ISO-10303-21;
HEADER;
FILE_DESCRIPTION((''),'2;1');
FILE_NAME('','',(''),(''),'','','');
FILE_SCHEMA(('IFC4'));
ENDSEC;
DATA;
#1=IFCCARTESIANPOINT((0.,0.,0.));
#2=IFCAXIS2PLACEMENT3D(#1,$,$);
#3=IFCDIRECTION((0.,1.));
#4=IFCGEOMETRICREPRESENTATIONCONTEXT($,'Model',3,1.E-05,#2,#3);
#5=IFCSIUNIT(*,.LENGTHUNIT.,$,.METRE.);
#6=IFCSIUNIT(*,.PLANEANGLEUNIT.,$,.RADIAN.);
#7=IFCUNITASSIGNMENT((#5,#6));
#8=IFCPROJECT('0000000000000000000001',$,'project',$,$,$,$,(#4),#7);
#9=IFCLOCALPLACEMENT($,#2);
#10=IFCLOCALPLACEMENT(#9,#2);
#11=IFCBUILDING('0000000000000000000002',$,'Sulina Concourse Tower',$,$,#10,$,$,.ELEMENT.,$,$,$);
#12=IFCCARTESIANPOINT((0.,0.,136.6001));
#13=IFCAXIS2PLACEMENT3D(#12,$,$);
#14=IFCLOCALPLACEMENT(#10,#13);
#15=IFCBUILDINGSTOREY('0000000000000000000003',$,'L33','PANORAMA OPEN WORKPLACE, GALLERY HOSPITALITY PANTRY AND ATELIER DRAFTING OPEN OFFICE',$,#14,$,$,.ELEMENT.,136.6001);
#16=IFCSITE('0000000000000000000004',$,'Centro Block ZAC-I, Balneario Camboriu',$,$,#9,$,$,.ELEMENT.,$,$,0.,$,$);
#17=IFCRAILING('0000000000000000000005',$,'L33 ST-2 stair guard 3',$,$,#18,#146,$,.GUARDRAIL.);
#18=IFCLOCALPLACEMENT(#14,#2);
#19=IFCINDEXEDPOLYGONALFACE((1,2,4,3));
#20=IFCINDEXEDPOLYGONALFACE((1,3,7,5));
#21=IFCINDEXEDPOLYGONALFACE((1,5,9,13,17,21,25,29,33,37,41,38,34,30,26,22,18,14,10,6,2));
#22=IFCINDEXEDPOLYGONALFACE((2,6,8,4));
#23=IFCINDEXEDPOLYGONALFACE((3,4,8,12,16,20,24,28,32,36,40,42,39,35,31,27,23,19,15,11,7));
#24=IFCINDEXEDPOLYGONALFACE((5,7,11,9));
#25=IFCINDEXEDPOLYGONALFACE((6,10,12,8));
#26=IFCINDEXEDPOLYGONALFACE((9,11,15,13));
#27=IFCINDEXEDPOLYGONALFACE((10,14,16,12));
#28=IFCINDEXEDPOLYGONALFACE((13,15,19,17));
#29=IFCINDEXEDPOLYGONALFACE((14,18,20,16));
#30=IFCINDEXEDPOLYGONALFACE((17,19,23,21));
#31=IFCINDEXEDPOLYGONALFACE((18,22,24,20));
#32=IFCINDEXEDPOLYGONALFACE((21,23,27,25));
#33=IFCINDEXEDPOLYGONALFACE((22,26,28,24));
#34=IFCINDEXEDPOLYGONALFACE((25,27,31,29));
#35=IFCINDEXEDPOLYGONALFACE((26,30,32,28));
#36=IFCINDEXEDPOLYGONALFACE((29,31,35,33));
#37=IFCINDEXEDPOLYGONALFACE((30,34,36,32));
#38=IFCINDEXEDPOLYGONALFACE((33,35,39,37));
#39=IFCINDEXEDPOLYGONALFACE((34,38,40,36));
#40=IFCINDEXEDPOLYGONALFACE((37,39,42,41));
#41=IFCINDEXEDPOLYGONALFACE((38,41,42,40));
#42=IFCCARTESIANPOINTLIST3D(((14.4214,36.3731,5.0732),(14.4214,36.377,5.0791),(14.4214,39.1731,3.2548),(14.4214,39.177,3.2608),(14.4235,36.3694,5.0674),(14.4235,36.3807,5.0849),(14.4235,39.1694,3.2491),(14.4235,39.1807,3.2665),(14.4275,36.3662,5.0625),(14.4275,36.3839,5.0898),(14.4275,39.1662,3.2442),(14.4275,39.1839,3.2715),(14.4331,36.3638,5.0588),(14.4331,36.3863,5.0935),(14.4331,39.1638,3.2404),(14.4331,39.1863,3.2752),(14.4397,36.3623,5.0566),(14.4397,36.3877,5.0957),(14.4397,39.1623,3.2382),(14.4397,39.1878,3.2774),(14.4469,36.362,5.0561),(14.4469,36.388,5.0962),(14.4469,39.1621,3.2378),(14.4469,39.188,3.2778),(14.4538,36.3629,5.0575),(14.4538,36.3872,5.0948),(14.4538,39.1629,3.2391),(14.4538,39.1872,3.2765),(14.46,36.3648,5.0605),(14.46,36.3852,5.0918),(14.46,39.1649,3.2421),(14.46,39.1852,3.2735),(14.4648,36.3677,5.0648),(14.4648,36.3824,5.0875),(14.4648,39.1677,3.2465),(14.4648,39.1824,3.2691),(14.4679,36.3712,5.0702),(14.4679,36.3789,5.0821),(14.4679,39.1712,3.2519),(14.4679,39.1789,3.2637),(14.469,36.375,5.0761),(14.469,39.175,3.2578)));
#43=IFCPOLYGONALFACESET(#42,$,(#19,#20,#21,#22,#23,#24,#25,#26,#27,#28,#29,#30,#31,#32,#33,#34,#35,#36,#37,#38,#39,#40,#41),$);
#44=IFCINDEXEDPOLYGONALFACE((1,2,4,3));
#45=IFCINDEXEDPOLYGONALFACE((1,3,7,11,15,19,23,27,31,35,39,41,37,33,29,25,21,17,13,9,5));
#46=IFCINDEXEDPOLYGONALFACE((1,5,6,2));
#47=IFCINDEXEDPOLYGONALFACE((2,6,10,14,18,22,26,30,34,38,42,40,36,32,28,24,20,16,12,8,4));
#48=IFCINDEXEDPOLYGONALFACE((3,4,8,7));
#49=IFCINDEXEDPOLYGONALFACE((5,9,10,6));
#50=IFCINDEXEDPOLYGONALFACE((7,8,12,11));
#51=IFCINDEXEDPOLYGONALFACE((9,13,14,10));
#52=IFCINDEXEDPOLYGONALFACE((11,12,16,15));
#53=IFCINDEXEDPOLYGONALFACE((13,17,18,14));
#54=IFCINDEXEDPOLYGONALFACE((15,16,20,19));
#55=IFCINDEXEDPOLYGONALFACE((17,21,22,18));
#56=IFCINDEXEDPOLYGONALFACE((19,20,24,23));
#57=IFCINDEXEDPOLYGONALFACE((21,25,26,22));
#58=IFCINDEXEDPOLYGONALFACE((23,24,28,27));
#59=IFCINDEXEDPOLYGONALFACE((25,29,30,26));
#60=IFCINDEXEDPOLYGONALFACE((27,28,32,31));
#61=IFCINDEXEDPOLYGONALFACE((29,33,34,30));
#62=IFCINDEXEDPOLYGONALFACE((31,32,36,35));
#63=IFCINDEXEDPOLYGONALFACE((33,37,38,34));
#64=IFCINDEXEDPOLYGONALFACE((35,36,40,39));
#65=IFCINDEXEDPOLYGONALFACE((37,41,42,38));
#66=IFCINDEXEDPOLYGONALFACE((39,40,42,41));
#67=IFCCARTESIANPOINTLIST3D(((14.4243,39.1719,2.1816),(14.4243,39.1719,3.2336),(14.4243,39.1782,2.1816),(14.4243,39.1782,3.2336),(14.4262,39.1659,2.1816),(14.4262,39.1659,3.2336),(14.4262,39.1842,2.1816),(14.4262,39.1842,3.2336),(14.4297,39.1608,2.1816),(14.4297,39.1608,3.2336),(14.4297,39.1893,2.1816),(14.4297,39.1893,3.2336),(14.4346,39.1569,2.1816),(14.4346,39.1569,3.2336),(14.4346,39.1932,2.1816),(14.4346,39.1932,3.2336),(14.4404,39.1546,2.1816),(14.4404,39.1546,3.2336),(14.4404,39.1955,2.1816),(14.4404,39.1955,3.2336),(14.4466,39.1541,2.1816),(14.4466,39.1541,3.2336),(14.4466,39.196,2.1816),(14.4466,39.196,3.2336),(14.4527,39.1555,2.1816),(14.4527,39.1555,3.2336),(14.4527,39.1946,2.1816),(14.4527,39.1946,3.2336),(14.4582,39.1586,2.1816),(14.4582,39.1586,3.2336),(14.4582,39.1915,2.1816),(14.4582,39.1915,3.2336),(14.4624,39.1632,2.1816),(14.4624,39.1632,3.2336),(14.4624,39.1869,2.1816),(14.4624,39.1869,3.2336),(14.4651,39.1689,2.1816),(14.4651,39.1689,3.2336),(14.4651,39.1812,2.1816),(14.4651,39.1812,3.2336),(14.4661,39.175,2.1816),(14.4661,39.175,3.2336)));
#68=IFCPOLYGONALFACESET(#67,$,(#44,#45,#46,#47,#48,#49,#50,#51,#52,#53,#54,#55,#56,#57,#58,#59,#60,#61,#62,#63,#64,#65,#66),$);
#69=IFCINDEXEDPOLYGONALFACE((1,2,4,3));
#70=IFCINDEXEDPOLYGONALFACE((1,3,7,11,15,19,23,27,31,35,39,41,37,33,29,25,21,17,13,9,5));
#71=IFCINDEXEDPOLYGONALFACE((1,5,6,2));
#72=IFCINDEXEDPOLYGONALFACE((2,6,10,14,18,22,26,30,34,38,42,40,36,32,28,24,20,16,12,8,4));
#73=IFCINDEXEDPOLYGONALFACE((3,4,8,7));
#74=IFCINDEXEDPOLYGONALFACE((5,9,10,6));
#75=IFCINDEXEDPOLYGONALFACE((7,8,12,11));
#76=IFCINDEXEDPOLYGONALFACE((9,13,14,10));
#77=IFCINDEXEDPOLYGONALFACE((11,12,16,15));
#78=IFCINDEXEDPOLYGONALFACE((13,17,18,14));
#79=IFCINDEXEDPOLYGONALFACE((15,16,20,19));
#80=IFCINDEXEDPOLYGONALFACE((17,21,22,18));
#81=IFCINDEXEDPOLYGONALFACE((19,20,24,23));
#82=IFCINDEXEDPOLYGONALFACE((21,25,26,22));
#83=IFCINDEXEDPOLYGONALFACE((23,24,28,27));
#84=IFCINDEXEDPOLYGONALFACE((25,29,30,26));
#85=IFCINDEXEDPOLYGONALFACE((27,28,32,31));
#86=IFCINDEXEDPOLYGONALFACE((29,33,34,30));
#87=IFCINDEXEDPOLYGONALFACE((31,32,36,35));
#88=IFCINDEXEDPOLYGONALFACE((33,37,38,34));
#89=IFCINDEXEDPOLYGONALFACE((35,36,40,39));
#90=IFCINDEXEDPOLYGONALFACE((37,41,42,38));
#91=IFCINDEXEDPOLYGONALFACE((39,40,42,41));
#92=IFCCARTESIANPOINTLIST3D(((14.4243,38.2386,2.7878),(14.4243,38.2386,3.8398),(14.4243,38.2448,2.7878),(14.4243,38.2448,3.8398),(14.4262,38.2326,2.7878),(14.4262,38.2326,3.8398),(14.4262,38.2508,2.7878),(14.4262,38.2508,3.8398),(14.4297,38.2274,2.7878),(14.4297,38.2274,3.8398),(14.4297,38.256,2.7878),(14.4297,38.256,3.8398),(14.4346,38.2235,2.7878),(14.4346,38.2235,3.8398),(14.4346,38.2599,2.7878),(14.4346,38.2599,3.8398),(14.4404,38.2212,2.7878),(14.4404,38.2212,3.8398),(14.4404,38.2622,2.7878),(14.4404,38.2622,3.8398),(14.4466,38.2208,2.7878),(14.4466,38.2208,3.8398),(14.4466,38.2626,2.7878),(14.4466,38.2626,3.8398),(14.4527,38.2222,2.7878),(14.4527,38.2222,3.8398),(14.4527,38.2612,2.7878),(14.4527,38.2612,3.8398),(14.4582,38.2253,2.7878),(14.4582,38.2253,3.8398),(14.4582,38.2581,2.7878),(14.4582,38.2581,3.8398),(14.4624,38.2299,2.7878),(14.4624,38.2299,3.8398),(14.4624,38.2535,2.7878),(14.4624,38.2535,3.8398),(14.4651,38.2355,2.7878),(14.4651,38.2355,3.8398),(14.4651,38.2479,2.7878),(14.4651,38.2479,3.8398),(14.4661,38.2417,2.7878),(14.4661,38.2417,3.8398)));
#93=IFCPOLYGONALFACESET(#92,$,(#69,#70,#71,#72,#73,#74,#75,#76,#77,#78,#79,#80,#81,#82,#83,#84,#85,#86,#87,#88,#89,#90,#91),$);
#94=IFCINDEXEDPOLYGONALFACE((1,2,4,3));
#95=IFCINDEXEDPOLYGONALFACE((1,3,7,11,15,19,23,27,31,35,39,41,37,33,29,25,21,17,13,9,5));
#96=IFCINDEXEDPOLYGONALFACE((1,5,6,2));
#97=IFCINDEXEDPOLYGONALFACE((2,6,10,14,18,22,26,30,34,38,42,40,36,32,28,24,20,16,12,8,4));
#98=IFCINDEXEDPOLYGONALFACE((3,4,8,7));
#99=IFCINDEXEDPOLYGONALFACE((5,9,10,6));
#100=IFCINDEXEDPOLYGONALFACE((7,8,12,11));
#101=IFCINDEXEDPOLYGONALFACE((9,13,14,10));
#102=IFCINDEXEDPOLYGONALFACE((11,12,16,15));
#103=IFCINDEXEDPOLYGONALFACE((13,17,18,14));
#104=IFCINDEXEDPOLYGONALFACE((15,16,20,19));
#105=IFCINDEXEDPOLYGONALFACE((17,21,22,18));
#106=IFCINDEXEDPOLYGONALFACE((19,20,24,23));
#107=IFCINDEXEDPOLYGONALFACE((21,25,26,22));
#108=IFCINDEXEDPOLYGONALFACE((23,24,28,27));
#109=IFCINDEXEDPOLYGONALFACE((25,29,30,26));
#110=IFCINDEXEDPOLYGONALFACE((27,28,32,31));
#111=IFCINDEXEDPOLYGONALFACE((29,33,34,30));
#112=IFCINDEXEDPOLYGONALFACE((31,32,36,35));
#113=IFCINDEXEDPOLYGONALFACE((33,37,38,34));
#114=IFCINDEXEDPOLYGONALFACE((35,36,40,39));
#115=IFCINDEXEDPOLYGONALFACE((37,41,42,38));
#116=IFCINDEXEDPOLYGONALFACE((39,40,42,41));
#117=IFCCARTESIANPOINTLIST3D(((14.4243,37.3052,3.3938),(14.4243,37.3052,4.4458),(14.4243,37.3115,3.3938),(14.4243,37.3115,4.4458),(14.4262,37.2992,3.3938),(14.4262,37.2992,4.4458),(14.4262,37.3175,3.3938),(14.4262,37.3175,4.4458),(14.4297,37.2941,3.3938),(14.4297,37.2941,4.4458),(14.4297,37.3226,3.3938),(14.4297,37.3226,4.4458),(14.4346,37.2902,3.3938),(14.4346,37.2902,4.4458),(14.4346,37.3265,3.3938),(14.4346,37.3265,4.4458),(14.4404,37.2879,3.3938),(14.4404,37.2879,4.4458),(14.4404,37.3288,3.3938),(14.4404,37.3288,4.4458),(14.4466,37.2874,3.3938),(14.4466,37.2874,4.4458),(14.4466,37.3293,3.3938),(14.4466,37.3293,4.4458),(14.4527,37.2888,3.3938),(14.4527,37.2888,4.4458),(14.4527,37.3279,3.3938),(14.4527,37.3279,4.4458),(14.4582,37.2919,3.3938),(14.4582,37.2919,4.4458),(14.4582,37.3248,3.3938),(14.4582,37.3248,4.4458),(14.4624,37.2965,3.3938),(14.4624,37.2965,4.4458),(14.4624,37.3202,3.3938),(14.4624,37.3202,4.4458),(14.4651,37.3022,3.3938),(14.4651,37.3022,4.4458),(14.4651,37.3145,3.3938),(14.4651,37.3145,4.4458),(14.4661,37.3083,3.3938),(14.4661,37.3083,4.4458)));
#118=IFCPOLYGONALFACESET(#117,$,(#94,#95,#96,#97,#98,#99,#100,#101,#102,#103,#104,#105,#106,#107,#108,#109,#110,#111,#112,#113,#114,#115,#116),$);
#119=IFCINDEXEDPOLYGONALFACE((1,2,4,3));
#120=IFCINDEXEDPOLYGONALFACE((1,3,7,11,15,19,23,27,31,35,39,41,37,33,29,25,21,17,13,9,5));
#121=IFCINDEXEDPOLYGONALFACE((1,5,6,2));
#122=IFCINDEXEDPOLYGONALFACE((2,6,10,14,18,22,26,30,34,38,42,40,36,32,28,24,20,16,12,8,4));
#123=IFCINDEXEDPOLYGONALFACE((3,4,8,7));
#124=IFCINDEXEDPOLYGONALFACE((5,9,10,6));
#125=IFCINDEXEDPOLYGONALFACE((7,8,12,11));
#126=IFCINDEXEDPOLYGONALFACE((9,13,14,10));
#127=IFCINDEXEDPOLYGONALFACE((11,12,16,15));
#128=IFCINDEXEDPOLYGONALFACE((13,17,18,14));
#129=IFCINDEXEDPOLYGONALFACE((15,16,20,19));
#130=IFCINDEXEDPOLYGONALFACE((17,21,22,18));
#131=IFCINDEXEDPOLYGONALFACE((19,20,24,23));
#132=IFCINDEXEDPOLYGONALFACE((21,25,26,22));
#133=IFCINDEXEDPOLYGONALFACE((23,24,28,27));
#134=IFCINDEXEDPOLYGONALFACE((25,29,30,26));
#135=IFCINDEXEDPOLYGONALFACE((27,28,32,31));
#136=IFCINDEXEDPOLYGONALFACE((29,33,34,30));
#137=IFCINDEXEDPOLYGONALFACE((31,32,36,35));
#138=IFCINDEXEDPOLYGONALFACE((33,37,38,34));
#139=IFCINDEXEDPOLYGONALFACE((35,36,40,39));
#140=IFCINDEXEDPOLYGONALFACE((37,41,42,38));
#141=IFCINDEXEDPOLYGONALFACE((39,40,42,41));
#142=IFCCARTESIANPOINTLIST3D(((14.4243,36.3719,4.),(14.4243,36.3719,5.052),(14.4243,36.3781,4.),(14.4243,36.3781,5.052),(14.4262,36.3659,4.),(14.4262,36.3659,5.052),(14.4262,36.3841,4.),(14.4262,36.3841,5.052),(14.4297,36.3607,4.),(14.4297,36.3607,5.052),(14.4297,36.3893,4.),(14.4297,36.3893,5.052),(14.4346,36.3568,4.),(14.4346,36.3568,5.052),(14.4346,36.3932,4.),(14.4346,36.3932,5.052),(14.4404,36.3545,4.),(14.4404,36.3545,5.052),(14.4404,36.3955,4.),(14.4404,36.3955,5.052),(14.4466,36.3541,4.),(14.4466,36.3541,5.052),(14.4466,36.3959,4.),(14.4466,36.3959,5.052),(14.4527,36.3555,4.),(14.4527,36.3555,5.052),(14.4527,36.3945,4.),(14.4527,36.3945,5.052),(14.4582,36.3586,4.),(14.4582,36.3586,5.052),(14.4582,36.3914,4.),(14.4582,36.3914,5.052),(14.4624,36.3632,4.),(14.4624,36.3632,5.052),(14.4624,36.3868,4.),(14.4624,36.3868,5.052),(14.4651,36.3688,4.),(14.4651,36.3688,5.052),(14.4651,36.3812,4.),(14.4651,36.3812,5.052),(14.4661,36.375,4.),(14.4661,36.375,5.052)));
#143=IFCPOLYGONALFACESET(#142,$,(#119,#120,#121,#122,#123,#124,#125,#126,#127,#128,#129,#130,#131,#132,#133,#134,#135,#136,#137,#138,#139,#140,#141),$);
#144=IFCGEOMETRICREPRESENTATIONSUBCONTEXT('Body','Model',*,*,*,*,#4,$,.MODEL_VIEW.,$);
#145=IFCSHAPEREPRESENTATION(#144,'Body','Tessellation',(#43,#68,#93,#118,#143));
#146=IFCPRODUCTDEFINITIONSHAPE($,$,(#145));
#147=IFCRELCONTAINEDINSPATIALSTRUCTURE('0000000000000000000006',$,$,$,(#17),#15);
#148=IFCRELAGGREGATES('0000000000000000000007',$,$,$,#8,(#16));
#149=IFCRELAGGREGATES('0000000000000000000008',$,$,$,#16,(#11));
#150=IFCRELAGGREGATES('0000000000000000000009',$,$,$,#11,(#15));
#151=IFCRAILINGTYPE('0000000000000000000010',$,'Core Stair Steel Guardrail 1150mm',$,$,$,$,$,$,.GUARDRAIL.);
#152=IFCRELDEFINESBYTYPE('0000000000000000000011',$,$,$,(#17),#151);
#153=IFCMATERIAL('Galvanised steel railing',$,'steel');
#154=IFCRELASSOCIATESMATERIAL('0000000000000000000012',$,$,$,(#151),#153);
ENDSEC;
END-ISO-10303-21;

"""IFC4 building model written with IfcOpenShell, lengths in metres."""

from ifc_helpers import new_model, si_unit, direction, frame, origin, origin_2d, place, context, subcontext, project, spatial, circle, extrude, material, type_object, element, save


model = new_model("IFC4")

# Units and contexts
model_context = context("Model", 3, precision=1e-05, world=origin(), true_north=direction((0.0, 1.0)))
body_context = subcontext(model_context, "Body", "Model", "MODEL_VIEW")
ifc_project = project(units=[si_unit("LENGTHUNIT", "METRE"), si_unit("PLANEANGLEUNIT", "RADIAN")], contexts=[model_context])

# Site, building, storey
site_placement = place(None, origin())
site = spatial("IfcSite", under=ifc_project, at=site_placement, Name="Centro Block ZAC-I, Balneario Camboriu", CompositionType="ELEMENT", RefElevation=0.0)
building_placement = place(site_placement, origin())
building = spatial("IfcBuilding", under=site, at=building_placement, Name="Sulina Concourse Tower", CompositionType="ELEMENT")
storey_placement = place(building_placement, frame((0.0, 0.0, 136.6001)))
storey = spatial("IfcBuildingStorey", under=building, at=storey_placement, Name="L33", Description="PANORAMA OPEN WORKPLACE, GALLERY HOSPITALITY PANTRY AND ATELIER DRAFTING OPEN OFFICE", CompositionType="ELEMENT", Elevation=136.6001)

# Railing
ifc_material_1 = material(Name="Galvanised steel railing", Category="steel")
railing_type_1 = type_object("IfcRailingType", Name="Core Stair Steel Guardrail 1150mm", PredefinedType="GUARDRAIL", material=ifc_material_1)
railing_1_placement = place(storey_placement, frame((14.4451, 39.175, 2.1816)))
element("IfcRailing", 1, at=railing_1_placement, inside=storey, type_object=railing_type_1, Name="L33 ST-2 stair guard 3", PredefinedType="GUARDRAIL", context=body_context, shape_type="SweptSolid", body=[
    extrude(circle(Radius=0.0239, at=origin_2d()), frame((0.0, 0.0, 1.0762), z_axis=(0.0, -0.838672, 0.544636), x_axis=(1.0, 0.0, 0.0)), (0.0, 0.0, 1.0), 3.3386),
    extrude(circle(Radius=0.021, at=origin_2d()), origin(), (0.0, 0.0, 1.0), 1.052),
    extrude(circle(Radius=0.021, at=origin_2d()), frame((0.0, -0.9333, 0.6062)), (0.0, 0.0, 1.0), 1.052),
    extrude(circle(Radius=0.021, at=origin_2d()), frame((0.0, -1.8667, 1.2122)), (0.0, 0.0, 1.0), 1.052),
    extrude(circle(Radius=0.021, at=origin_2d()), frame((0.0, -2.8, 1.8184)), (0.0, 0.0, 1.0), 1.052),
])

save(model, "model.ifc")
